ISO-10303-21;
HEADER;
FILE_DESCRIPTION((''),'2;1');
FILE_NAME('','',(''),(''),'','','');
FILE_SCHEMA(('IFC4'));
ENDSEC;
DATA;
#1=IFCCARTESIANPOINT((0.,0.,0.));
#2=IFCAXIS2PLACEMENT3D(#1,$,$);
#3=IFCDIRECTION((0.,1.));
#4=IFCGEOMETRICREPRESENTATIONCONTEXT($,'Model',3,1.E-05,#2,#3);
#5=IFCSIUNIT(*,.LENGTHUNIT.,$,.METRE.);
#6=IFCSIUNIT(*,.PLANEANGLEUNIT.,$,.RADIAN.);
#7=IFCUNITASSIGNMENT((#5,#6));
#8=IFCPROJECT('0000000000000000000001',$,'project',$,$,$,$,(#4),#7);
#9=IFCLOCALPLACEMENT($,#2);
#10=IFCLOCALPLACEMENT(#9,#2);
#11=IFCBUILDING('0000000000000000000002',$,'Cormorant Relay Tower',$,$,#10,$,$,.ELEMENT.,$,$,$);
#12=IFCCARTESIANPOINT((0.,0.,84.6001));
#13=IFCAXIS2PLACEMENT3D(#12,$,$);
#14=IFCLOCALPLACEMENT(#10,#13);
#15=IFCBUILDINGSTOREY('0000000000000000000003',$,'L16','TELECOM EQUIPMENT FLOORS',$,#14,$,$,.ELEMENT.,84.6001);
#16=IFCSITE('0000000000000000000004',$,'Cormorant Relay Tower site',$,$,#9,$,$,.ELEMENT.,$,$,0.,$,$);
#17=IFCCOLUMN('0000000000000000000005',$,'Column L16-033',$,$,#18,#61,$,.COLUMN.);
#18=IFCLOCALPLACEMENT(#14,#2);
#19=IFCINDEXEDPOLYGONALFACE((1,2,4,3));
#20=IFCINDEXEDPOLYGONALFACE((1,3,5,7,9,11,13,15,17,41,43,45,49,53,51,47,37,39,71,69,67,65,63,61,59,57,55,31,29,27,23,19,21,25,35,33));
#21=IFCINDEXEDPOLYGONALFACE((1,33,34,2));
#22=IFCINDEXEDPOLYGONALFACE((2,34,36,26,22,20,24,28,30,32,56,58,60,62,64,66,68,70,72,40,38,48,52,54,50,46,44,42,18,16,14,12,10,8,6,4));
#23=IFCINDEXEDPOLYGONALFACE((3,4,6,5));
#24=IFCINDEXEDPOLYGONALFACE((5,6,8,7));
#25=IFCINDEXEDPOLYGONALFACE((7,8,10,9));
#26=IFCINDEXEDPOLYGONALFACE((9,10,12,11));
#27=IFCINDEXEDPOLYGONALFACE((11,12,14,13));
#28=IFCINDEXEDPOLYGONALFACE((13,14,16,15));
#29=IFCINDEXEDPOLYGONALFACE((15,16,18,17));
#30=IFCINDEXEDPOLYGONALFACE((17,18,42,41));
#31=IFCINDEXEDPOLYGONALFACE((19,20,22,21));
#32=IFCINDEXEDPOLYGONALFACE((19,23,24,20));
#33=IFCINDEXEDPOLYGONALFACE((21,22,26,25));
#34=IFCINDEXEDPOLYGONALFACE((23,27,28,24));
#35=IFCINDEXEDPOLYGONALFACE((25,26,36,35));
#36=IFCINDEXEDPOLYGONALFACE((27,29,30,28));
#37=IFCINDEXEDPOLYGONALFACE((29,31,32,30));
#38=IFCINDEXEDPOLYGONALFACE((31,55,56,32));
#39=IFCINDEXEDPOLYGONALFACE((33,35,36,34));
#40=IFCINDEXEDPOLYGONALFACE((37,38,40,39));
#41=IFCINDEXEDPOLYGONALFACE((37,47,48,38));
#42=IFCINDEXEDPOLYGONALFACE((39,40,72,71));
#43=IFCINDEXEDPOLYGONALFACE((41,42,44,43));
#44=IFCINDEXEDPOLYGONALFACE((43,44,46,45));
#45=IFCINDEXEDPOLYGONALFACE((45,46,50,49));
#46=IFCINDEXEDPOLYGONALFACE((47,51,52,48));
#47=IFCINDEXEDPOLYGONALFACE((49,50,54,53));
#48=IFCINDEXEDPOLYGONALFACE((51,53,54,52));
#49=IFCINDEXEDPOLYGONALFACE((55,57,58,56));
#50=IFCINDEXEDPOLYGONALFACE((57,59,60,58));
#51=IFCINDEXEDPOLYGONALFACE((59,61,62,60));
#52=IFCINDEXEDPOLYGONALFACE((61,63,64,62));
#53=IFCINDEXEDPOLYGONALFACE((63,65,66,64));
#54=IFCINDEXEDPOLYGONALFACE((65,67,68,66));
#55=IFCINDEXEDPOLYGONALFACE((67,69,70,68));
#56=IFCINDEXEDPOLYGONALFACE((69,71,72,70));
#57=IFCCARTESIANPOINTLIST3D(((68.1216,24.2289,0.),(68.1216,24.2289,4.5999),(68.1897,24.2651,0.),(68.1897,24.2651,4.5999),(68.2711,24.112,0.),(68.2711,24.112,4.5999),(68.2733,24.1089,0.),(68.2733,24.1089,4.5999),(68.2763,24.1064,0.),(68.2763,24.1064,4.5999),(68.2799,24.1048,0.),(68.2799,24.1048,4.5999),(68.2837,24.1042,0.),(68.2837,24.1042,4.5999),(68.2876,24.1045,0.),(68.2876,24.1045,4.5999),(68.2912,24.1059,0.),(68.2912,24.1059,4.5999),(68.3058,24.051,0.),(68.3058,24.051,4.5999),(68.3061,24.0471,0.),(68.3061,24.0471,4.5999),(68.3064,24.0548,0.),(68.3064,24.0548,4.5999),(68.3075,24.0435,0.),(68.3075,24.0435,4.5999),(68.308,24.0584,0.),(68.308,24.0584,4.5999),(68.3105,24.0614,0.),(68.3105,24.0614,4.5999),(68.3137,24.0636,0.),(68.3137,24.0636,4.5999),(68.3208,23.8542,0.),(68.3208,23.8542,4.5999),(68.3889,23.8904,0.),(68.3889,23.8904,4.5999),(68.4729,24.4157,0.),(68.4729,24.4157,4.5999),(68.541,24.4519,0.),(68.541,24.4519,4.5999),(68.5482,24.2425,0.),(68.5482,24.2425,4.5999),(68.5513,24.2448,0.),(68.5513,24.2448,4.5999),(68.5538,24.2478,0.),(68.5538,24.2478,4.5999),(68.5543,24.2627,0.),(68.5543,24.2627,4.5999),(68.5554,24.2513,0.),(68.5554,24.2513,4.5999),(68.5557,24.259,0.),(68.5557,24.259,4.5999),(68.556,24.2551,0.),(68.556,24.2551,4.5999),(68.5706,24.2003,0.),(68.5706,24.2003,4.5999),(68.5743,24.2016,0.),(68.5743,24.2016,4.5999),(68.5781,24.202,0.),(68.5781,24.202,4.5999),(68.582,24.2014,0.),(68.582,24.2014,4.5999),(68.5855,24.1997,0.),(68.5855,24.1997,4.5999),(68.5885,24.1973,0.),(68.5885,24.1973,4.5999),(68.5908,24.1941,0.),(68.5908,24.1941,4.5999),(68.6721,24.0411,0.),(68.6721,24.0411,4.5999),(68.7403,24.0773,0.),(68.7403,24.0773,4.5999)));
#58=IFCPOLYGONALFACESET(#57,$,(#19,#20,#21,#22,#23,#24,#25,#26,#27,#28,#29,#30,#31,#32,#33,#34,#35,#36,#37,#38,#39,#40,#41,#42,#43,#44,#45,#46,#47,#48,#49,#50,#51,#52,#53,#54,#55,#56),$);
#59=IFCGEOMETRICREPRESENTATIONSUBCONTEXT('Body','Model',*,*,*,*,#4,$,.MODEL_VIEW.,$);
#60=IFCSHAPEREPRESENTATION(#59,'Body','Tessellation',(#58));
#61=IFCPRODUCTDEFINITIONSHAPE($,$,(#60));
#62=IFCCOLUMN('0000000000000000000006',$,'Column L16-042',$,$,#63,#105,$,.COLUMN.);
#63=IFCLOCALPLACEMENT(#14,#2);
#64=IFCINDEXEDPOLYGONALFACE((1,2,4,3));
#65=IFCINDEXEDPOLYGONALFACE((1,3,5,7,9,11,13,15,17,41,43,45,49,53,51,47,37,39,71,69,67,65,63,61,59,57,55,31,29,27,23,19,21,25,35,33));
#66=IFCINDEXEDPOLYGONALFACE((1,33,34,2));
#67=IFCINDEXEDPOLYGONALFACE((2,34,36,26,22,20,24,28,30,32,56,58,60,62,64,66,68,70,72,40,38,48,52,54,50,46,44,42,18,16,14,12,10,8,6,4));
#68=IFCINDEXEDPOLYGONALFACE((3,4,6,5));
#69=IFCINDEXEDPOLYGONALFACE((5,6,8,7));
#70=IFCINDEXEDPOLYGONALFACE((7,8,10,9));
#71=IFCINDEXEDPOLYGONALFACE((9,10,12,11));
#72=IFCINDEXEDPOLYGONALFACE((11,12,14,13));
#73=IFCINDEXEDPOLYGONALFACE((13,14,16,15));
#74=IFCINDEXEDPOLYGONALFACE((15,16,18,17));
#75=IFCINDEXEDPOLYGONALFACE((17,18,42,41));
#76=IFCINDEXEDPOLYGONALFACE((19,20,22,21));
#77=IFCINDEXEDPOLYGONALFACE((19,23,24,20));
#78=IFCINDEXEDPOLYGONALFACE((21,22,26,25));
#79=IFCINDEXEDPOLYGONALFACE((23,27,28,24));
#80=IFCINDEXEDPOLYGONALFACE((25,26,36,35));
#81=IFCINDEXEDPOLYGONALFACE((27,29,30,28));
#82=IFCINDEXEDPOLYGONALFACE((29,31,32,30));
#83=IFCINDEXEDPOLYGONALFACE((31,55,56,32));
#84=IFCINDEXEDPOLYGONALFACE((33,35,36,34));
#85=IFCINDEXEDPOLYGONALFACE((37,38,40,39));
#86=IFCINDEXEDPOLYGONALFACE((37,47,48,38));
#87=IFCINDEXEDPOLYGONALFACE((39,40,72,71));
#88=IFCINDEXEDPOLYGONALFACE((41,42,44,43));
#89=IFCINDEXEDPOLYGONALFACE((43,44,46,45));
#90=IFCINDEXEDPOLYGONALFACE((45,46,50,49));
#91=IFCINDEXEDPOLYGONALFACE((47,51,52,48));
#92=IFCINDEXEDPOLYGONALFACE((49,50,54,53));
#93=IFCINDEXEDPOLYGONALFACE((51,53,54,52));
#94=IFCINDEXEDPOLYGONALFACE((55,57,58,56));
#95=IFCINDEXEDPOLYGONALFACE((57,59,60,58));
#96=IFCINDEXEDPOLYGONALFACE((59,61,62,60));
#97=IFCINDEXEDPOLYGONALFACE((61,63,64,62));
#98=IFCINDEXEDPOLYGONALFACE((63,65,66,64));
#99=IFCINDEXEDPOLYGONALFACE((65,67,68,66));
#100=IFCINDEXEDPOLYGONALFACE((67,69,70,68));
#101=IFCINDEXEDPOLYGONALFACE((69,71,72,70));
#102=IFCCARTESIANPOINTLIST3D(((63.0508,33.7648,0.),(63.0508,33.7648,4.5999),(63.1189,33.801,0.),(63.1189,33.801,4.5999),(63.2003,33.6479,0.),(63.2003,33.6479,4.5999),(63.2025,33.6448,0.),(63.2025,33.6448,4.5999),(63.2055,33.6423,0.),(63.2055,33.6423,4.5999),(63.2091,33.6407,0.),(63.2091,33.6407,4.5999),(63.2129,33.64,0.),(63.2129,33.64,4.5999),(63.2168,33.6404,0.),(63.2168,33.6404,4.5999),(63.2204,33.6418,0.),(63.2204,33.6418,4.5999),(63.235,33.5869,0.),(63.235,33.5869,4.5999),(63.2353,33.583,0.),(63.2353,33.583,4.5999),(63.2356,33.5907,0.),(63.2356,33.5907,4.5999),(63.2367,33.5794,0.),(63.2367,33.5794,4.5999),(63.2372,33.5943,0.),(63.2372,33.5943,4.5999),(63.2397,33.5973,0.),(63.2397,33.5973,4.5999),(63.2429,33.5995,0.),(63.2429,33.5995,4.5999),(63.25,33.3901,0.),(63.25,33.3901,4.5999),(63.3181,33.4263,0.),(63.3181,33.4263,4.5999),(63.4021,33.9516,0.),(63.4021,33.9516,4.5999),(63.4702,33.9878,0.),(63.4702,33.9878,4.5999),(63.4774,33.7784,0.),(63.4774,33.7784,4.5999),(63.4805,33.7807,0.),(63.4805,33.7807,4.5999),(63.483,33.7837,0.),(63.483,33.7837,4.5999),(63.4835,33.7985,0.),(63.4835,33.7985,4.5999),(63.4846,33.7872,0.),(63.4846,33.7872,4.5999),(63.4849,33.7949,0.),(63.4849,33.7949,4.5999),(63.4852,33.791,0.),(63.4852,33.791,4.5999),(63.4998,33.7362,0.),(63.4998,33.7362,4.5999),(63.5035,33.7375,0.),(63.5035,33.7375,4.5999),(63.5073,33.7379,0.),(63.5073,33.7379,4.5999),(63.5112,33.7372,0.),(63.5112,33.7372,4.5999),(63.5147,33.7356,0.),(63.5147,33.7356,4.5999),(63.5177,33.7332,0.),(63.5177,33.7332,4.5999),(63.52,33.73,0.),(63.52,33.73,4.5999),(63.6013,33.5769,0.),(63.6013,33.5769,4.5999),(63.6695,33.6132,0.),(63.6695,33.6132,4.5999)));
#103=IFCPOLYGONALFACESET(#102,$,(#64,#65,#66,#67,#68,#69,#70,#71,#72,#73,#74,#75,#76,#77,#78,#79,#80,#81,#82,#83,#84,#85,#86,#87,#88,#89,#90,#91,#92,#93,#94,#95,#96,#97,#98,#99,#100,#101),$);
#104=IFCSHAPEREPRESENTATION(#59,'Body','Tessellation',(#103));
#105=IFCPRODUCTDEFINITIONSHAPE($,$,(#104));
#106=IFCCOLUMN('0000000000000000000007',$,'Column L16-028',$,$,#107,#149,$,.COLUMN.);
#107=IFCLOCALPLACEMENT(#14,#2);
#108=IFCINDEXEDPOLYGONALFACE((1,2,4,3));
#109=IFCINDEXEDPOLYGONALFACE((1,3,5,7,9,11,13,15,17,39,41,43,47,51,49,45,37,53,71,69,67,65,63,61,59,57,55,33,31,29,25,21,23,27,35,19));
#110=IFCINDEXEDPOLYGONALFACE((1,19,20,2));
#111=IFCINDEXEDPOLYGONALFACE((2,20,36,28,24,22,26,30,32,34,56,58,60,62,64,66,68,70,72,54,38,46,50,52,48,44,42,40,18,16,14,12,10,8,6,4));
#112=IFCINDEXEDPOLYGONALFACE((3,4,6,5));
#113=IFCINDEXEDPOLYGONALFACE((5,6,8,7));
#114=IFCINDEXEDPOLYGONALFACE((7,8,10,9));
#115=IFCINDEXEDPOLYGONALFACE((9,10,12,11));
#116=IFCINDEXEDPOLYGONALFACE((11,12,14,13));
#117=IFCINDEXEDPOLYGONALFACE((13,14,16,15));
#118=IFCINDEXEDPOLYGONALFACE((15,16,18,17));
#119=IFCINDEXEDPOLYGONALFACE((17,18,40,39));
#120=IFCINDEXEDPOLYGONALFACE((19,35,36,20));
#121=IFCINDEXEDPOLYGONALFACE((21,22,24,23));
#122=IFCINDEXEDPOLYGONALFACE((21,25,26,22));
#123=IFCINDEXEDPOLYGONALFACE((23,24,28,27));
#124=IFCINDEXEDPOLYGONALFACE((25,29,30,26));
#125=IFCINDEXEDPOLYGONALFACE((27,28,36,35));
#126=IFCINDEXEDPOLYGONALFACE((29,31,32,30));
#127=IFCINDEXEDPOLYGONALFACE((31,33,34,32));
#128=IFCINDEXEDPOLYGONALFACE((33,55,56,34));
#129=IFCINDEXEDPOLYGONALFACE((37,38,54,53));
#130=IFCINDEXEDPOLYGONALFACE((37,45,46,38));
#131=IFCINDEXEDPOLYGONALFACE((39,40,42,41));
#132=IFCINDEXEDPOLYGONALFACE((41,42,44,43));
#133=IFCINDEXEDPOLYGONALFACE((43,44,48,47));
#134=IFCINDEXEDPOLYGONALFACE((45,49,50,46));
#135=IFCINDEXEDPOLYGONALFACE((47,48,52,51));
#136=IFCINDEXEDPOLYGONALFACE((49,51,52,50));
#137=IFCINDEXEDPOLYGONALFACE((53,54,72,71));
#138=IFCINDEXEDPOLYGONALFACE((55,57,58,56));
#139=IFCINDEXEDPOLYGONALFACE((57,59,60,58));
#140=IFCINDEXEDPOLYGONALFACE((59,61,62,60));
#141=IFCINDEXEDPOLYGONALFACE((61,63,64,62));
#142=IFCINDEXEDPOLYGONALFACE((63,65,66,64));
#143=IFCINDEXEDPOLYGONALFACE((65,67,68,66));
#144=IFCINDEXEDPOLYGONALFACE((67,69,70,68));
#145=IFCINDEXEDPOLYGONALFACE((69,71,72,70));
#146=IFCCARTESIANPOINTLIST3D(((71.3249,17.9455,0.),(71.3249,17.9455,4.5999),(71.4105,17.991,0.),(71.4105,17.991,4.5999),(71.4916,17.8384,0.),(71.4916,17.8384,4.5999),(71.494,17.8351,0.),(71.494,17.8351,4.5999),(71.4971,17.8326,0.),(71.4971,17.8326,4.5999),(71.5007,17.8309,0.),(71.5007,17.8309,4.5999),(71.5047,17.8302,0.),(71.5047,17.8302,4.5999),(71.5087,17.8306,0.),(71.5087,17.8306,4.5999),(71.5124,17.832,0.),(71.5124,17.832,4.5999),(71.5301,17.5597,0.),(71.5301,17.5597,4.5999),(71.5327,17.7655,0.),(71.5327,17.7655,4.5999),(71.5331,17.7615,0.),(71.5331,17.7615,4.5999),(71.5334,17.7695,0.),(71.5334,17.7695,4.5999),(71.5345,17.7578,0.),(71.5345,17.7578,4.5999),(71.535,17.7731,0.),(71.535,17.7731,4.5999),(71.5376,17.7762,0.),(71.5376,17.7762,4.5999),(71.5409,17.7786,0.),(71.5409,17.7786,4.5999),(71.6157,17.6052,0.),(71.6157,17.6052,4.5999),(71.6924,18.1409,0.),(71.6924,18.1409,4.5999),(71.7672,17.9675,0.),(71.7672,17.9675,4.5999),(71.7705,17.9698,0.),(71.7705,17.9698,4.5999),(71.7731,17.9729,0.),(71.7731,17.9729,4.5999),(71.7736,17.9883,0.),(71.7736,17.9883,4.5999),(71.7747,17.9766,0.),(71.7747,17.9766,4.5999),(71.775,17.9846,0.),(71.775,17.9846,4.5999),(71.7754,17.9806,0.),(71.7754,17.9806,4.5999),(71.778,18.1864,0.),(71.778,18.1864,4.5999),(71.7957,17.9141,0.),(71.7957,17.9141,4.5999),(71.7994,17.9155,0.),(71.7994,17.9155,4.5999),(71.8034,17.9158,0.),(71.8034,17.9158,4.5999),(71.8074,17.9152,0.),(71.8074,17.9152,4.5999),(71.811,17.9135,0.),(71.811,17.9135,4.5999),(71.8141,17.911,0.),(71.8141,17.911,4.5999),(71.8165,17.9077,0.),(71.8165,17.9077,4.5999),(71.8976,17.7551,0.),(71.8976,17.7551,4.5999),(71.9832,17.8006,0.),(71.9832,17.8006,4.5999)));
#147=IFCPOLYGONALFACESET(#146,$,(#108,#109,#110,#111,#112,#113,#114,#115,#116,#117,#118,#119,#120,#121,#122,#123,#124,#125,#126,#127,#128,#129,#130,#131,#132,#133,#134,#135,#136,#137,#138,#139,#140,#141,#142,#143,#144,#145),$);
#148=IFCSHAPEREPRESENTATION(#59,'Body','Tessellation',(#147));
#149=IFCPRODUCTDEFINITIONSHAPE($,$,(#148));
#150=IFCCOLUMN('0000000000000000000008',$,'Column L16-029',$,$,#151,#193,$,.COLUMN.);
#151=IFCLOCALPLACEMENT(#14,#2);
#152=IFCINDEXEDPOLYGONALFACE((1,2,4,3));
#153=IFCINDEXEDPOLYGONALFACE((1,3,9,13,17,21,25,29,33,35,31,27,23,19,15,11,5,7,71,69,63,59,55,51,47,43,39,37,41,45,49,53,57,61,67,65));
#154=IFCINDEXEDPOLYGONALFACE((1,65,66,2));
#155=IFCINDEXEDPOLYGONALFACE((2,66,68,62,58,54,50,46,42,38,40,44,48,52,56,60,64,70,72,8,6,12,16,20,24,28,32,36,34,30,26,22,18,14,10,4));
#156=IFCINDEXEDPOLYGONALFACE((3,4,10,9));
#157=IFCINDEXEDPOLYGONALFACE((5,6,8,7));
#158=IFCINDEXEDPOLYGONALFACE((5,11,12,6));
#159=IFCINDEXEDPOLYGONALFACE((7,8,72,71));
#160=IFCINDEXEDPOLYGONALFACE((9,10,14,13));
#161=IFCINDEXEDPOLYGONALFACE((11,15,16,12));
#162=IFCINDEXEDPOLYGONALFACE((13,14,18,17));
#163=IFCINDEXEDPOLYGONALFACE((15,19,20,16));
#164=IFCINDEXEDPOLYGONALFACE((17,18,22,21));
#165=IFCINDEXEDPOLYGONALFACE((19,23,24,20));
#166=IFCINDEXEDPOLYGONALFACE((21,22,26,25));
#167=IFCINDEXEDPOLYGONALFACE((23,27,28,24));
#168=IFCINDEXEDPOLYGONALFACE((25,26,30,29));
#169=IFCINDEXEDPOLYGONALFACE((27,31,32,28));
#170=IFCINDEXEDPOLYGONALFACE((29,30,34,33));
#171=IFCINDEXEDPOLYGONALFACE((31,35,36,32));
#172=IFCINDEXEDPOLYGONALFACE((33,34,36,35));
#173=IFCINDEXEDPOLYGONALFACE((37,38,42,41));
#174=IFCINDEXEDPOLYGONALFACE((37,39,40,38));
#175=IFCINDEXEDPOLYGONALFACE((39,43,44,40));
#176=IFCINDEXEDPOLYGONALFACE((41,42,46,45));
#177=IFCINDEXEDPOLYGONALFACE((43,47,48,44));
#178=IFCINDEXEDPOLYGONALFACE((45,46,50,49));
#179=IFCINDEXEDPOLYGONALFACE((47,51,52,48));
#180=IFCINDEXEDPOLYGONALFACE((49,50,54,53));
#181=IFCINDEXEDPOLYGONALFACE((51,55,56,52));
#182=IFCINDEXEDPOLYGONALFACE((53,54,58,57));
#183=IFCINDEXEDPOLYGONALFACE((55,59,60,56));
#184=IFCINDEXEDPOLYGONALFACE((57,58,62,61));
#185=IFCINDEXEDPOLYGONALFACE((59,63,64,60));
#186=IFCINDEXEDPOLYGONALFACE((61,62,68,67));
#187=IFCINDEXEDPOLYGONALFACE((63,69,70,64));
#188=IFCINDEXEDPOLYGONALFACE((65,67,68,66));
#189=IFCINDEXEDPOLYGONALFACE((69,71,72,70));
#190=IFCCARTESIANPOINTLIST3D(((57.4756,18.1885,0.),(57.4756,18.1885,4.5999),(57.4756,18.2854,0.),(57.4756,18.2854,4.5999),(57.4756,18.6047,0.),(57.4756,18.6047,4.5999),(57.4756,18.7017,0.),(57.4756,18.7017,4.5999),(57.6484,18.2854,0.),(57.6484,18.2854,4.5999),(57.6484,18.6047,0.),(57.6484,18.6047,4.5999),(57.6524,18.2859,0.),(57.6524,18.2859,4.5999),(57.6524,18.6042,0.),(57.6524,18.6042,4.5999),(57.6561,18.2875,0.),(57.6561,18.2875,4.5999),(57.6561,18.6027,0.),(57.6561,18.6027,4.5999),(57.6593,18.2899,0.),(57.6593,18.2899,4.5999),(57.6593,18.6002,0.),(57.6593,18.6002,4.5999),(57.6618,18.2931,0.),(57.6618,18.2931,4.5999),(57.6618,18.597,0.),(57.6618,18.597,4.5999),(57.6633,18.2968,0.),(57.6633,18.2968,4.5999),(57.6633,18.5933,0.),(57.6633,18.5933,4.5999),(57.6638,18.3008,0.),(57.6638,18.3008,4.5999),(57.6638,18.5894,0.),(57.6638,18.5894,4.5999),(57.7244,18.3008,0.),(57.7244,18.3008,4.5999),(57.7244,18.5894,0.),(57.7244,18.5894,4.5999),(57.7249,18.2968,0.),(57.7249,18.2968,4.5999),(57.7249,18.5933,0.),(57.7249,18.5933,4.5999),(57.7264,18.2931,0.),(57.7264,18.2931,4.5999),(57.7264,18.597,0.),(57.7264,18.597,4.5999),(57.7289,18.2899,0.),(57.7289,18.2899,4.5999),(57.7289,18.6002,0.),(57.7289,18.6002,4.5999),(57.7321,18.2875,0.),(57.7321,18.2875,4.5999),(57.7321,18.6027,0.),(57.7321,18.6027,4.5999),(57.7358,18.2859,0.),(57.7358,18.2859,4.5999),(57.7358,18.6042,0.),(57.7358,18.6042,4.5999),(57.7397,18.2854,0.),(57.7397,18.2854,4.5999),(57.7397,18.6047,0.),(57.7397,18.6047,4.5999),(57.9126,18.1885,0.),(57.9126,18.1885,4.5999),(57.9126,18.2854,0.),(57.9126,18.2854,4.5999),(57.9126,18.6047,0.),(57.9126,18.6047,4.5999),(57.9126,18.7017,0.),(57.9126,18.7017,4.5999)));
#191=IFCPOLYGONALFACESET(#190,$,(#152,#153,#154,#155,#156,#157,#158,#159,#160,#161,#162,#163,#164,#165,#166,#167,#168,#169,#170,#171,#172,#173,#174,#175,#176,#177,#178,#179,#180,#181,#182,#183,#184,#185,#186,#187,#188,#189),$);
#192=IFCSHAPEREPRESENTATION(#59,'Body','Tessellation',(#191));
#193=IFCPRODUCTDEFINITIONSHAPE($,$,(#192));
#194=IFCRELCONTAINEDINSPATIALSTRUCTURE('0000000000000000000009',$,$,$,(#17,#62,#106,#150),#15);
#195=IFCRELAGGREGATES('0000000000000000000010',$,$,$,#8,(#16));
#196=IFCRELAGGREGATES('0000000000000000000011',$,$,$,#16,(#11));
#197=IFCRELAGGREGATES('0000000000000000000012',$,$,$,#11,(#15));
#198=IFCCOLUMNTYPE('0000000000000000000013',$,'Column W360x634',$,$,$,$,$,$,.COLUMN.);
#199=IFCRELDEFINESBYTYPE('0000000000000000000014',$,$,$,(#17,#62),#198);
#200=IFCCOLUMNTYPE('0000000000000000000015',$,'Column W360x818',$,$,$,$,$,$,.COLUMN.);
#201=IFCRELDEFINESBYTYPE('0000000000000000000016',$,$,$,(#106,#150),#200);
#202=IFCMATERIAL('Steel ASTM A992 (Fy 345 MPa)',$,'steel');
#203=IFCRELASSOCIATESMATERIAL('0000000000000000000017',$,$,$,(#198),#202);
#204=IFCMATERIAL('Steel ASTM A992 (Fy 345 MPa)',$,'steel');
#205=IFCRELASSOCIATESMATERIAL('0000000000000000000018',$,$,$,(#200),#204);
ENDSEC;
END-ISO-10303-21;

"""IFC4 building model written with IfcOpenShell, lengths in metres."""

from ifc_helpers import new_model, si_unit, direction, frame, origin, origin_2d, place, context, subcontext, project, spatial, i_section, extrude, material, material_profile, profile_set, type_object, element, save


model = new_model("IFC4")

# Units and contexts
model_context = context("Model", 3, precision=1e-05, world=origin(), true_north=direction((0.0, 1.0)))
body_context = subcontext(model_context, "Body", "Model", "MODEL_VIEW")
ifc_project = project(units=[si_unit("LENGTHUNIT", "METRE"), si_unit("PLANEANGLEUNIT", "RADIAN")], contexts=[model_context])

# Site, building, storey
site_placement = place(None, origin())
site = spatial("IfcSite", under=ifc_project, at=site_placement, Name="Cormorant Relay Tower site", CompositionType="ELEMENT", RefElevation=0.0)
building_placement = place(site_placement, origin())
building = spatial("IfcBuilding", under=site, at=building_placement, Name="Cormorant Relay Tower", CompositionType="ELEMENT")
storey_placement = place(building_placement, frame((0.0, 0.0, 84.6001)))
storey = spatial("IfcBuildingStorey", under=building, at=storey_placement, Name="L16", Description="TELECOM EQUIPMENT FLOORS", CompositionType="ELEMENT", Elevation=84.6001)

# Columns
ifc_material_1 = material(Name="Steel ASTM A992 (Fy 345 MPa)", Category="steel")
ifc_material_profile_1 = material_profile(ifc_material_1, i_section(OverallWidth=0.4243, OverallDepth=0.4751, WebThickness=0.0479, FlangeThickness=0.0771, FilletRadius=0.0149, at=origin_2d()), Name="W360x634")
ifc_profile_set_1 = profile_set([ifc_material_profile_1], Name="Steel ASTM A992 (Fy 345 MPa)")
column_type_1 = type_object("IfcColumnType", Name="Column W360x634", PredefinedType="COLUMN", material=ifc_profile_set_1)
for number, where, z_axis, x_axis, name in (
    (1, (68.4309, 24.1531, 0.0), (0.0, 0.0, 1.0), (-0.469472, 0.882948, 0.0), "Column L16-033"),
    (2, (63.3601, 33.689, 0.0), (0.0, 0.0, 1.0), (-0.469472, 0.882948, 0.0), "Column L16-042"),
):
    element("IfcColumn", number, at=place(storey_placement, frame(where, z_axis=z_axis, x_axis=x_axis)), inside=storey, type_object=column_type_1, Name=name, PredefinedType="COLUMN", context=body_context, shape_type="SweptSolid", body=[
        extrude(i_section(OverallWidth=0.4243, OverallDepth=0.4751, WebThickness=0.0479, FlangeThickness=0.0771, FilletRadius=0.0149, at=origin_2d()), origin(), (0.0, 0.0, 1.0), 4.5999),
    ])
ifc_material_2 = material(Name="Steel ASTM A992 (Fy 345 MPa)", Category="steel")
ifc_material_profile_2 = material_profile(ifc_material_2, i_section(OverallWidth=0.437, OverallDepth=0.5132, WebThickness=0.0605, FlangeThickness=0.0969, FilletRadius=0.0154, at=origin_2d()), Name="W360x818")
ifc_profile_set_2 = profile_set([ifc_material_profile_2], Name="Steel ASTM A992 (Fy 345 MPa)")
column_type_2 = type_object("IfcColumnType", Name="Column W360x818", PredefinedType="COLUMN", material=ifc_profile_set_2)
for number, where, z_axis, x_axis, name in (
    (3, (71.6541, 17.873, 0.0), (0.0, 0.0, 1.0), (-0.469472, 0.882948, 0.0), "Column L16-028"),
    (4, (57.6941, 18.4451, 0.0), (0.0, 0.0, 1.0), (1.0, 0.0, 0.0), "Column L16-029"),
):
    element("IfcColumn", number, at=place(storey_placement, frame(where, z_axis=z_axis, x_axis=x_axis)), inside=storey, type_object=column_type_2, Name=name, PredefinedType="COLUMN", context=body_context, shape_type="SweptSolid", body=[
        extrude(i_section(OverallWidth=0.437, OverallDepth=0.5132, WebThickness=0.0605, FlangeThickness=0.0969, FilletRadius=0.0154, at=origin_2d()), origin(), (0.0, 0.0, 1.0), 4.5999),
    ])

save(model, "model.ifc")
